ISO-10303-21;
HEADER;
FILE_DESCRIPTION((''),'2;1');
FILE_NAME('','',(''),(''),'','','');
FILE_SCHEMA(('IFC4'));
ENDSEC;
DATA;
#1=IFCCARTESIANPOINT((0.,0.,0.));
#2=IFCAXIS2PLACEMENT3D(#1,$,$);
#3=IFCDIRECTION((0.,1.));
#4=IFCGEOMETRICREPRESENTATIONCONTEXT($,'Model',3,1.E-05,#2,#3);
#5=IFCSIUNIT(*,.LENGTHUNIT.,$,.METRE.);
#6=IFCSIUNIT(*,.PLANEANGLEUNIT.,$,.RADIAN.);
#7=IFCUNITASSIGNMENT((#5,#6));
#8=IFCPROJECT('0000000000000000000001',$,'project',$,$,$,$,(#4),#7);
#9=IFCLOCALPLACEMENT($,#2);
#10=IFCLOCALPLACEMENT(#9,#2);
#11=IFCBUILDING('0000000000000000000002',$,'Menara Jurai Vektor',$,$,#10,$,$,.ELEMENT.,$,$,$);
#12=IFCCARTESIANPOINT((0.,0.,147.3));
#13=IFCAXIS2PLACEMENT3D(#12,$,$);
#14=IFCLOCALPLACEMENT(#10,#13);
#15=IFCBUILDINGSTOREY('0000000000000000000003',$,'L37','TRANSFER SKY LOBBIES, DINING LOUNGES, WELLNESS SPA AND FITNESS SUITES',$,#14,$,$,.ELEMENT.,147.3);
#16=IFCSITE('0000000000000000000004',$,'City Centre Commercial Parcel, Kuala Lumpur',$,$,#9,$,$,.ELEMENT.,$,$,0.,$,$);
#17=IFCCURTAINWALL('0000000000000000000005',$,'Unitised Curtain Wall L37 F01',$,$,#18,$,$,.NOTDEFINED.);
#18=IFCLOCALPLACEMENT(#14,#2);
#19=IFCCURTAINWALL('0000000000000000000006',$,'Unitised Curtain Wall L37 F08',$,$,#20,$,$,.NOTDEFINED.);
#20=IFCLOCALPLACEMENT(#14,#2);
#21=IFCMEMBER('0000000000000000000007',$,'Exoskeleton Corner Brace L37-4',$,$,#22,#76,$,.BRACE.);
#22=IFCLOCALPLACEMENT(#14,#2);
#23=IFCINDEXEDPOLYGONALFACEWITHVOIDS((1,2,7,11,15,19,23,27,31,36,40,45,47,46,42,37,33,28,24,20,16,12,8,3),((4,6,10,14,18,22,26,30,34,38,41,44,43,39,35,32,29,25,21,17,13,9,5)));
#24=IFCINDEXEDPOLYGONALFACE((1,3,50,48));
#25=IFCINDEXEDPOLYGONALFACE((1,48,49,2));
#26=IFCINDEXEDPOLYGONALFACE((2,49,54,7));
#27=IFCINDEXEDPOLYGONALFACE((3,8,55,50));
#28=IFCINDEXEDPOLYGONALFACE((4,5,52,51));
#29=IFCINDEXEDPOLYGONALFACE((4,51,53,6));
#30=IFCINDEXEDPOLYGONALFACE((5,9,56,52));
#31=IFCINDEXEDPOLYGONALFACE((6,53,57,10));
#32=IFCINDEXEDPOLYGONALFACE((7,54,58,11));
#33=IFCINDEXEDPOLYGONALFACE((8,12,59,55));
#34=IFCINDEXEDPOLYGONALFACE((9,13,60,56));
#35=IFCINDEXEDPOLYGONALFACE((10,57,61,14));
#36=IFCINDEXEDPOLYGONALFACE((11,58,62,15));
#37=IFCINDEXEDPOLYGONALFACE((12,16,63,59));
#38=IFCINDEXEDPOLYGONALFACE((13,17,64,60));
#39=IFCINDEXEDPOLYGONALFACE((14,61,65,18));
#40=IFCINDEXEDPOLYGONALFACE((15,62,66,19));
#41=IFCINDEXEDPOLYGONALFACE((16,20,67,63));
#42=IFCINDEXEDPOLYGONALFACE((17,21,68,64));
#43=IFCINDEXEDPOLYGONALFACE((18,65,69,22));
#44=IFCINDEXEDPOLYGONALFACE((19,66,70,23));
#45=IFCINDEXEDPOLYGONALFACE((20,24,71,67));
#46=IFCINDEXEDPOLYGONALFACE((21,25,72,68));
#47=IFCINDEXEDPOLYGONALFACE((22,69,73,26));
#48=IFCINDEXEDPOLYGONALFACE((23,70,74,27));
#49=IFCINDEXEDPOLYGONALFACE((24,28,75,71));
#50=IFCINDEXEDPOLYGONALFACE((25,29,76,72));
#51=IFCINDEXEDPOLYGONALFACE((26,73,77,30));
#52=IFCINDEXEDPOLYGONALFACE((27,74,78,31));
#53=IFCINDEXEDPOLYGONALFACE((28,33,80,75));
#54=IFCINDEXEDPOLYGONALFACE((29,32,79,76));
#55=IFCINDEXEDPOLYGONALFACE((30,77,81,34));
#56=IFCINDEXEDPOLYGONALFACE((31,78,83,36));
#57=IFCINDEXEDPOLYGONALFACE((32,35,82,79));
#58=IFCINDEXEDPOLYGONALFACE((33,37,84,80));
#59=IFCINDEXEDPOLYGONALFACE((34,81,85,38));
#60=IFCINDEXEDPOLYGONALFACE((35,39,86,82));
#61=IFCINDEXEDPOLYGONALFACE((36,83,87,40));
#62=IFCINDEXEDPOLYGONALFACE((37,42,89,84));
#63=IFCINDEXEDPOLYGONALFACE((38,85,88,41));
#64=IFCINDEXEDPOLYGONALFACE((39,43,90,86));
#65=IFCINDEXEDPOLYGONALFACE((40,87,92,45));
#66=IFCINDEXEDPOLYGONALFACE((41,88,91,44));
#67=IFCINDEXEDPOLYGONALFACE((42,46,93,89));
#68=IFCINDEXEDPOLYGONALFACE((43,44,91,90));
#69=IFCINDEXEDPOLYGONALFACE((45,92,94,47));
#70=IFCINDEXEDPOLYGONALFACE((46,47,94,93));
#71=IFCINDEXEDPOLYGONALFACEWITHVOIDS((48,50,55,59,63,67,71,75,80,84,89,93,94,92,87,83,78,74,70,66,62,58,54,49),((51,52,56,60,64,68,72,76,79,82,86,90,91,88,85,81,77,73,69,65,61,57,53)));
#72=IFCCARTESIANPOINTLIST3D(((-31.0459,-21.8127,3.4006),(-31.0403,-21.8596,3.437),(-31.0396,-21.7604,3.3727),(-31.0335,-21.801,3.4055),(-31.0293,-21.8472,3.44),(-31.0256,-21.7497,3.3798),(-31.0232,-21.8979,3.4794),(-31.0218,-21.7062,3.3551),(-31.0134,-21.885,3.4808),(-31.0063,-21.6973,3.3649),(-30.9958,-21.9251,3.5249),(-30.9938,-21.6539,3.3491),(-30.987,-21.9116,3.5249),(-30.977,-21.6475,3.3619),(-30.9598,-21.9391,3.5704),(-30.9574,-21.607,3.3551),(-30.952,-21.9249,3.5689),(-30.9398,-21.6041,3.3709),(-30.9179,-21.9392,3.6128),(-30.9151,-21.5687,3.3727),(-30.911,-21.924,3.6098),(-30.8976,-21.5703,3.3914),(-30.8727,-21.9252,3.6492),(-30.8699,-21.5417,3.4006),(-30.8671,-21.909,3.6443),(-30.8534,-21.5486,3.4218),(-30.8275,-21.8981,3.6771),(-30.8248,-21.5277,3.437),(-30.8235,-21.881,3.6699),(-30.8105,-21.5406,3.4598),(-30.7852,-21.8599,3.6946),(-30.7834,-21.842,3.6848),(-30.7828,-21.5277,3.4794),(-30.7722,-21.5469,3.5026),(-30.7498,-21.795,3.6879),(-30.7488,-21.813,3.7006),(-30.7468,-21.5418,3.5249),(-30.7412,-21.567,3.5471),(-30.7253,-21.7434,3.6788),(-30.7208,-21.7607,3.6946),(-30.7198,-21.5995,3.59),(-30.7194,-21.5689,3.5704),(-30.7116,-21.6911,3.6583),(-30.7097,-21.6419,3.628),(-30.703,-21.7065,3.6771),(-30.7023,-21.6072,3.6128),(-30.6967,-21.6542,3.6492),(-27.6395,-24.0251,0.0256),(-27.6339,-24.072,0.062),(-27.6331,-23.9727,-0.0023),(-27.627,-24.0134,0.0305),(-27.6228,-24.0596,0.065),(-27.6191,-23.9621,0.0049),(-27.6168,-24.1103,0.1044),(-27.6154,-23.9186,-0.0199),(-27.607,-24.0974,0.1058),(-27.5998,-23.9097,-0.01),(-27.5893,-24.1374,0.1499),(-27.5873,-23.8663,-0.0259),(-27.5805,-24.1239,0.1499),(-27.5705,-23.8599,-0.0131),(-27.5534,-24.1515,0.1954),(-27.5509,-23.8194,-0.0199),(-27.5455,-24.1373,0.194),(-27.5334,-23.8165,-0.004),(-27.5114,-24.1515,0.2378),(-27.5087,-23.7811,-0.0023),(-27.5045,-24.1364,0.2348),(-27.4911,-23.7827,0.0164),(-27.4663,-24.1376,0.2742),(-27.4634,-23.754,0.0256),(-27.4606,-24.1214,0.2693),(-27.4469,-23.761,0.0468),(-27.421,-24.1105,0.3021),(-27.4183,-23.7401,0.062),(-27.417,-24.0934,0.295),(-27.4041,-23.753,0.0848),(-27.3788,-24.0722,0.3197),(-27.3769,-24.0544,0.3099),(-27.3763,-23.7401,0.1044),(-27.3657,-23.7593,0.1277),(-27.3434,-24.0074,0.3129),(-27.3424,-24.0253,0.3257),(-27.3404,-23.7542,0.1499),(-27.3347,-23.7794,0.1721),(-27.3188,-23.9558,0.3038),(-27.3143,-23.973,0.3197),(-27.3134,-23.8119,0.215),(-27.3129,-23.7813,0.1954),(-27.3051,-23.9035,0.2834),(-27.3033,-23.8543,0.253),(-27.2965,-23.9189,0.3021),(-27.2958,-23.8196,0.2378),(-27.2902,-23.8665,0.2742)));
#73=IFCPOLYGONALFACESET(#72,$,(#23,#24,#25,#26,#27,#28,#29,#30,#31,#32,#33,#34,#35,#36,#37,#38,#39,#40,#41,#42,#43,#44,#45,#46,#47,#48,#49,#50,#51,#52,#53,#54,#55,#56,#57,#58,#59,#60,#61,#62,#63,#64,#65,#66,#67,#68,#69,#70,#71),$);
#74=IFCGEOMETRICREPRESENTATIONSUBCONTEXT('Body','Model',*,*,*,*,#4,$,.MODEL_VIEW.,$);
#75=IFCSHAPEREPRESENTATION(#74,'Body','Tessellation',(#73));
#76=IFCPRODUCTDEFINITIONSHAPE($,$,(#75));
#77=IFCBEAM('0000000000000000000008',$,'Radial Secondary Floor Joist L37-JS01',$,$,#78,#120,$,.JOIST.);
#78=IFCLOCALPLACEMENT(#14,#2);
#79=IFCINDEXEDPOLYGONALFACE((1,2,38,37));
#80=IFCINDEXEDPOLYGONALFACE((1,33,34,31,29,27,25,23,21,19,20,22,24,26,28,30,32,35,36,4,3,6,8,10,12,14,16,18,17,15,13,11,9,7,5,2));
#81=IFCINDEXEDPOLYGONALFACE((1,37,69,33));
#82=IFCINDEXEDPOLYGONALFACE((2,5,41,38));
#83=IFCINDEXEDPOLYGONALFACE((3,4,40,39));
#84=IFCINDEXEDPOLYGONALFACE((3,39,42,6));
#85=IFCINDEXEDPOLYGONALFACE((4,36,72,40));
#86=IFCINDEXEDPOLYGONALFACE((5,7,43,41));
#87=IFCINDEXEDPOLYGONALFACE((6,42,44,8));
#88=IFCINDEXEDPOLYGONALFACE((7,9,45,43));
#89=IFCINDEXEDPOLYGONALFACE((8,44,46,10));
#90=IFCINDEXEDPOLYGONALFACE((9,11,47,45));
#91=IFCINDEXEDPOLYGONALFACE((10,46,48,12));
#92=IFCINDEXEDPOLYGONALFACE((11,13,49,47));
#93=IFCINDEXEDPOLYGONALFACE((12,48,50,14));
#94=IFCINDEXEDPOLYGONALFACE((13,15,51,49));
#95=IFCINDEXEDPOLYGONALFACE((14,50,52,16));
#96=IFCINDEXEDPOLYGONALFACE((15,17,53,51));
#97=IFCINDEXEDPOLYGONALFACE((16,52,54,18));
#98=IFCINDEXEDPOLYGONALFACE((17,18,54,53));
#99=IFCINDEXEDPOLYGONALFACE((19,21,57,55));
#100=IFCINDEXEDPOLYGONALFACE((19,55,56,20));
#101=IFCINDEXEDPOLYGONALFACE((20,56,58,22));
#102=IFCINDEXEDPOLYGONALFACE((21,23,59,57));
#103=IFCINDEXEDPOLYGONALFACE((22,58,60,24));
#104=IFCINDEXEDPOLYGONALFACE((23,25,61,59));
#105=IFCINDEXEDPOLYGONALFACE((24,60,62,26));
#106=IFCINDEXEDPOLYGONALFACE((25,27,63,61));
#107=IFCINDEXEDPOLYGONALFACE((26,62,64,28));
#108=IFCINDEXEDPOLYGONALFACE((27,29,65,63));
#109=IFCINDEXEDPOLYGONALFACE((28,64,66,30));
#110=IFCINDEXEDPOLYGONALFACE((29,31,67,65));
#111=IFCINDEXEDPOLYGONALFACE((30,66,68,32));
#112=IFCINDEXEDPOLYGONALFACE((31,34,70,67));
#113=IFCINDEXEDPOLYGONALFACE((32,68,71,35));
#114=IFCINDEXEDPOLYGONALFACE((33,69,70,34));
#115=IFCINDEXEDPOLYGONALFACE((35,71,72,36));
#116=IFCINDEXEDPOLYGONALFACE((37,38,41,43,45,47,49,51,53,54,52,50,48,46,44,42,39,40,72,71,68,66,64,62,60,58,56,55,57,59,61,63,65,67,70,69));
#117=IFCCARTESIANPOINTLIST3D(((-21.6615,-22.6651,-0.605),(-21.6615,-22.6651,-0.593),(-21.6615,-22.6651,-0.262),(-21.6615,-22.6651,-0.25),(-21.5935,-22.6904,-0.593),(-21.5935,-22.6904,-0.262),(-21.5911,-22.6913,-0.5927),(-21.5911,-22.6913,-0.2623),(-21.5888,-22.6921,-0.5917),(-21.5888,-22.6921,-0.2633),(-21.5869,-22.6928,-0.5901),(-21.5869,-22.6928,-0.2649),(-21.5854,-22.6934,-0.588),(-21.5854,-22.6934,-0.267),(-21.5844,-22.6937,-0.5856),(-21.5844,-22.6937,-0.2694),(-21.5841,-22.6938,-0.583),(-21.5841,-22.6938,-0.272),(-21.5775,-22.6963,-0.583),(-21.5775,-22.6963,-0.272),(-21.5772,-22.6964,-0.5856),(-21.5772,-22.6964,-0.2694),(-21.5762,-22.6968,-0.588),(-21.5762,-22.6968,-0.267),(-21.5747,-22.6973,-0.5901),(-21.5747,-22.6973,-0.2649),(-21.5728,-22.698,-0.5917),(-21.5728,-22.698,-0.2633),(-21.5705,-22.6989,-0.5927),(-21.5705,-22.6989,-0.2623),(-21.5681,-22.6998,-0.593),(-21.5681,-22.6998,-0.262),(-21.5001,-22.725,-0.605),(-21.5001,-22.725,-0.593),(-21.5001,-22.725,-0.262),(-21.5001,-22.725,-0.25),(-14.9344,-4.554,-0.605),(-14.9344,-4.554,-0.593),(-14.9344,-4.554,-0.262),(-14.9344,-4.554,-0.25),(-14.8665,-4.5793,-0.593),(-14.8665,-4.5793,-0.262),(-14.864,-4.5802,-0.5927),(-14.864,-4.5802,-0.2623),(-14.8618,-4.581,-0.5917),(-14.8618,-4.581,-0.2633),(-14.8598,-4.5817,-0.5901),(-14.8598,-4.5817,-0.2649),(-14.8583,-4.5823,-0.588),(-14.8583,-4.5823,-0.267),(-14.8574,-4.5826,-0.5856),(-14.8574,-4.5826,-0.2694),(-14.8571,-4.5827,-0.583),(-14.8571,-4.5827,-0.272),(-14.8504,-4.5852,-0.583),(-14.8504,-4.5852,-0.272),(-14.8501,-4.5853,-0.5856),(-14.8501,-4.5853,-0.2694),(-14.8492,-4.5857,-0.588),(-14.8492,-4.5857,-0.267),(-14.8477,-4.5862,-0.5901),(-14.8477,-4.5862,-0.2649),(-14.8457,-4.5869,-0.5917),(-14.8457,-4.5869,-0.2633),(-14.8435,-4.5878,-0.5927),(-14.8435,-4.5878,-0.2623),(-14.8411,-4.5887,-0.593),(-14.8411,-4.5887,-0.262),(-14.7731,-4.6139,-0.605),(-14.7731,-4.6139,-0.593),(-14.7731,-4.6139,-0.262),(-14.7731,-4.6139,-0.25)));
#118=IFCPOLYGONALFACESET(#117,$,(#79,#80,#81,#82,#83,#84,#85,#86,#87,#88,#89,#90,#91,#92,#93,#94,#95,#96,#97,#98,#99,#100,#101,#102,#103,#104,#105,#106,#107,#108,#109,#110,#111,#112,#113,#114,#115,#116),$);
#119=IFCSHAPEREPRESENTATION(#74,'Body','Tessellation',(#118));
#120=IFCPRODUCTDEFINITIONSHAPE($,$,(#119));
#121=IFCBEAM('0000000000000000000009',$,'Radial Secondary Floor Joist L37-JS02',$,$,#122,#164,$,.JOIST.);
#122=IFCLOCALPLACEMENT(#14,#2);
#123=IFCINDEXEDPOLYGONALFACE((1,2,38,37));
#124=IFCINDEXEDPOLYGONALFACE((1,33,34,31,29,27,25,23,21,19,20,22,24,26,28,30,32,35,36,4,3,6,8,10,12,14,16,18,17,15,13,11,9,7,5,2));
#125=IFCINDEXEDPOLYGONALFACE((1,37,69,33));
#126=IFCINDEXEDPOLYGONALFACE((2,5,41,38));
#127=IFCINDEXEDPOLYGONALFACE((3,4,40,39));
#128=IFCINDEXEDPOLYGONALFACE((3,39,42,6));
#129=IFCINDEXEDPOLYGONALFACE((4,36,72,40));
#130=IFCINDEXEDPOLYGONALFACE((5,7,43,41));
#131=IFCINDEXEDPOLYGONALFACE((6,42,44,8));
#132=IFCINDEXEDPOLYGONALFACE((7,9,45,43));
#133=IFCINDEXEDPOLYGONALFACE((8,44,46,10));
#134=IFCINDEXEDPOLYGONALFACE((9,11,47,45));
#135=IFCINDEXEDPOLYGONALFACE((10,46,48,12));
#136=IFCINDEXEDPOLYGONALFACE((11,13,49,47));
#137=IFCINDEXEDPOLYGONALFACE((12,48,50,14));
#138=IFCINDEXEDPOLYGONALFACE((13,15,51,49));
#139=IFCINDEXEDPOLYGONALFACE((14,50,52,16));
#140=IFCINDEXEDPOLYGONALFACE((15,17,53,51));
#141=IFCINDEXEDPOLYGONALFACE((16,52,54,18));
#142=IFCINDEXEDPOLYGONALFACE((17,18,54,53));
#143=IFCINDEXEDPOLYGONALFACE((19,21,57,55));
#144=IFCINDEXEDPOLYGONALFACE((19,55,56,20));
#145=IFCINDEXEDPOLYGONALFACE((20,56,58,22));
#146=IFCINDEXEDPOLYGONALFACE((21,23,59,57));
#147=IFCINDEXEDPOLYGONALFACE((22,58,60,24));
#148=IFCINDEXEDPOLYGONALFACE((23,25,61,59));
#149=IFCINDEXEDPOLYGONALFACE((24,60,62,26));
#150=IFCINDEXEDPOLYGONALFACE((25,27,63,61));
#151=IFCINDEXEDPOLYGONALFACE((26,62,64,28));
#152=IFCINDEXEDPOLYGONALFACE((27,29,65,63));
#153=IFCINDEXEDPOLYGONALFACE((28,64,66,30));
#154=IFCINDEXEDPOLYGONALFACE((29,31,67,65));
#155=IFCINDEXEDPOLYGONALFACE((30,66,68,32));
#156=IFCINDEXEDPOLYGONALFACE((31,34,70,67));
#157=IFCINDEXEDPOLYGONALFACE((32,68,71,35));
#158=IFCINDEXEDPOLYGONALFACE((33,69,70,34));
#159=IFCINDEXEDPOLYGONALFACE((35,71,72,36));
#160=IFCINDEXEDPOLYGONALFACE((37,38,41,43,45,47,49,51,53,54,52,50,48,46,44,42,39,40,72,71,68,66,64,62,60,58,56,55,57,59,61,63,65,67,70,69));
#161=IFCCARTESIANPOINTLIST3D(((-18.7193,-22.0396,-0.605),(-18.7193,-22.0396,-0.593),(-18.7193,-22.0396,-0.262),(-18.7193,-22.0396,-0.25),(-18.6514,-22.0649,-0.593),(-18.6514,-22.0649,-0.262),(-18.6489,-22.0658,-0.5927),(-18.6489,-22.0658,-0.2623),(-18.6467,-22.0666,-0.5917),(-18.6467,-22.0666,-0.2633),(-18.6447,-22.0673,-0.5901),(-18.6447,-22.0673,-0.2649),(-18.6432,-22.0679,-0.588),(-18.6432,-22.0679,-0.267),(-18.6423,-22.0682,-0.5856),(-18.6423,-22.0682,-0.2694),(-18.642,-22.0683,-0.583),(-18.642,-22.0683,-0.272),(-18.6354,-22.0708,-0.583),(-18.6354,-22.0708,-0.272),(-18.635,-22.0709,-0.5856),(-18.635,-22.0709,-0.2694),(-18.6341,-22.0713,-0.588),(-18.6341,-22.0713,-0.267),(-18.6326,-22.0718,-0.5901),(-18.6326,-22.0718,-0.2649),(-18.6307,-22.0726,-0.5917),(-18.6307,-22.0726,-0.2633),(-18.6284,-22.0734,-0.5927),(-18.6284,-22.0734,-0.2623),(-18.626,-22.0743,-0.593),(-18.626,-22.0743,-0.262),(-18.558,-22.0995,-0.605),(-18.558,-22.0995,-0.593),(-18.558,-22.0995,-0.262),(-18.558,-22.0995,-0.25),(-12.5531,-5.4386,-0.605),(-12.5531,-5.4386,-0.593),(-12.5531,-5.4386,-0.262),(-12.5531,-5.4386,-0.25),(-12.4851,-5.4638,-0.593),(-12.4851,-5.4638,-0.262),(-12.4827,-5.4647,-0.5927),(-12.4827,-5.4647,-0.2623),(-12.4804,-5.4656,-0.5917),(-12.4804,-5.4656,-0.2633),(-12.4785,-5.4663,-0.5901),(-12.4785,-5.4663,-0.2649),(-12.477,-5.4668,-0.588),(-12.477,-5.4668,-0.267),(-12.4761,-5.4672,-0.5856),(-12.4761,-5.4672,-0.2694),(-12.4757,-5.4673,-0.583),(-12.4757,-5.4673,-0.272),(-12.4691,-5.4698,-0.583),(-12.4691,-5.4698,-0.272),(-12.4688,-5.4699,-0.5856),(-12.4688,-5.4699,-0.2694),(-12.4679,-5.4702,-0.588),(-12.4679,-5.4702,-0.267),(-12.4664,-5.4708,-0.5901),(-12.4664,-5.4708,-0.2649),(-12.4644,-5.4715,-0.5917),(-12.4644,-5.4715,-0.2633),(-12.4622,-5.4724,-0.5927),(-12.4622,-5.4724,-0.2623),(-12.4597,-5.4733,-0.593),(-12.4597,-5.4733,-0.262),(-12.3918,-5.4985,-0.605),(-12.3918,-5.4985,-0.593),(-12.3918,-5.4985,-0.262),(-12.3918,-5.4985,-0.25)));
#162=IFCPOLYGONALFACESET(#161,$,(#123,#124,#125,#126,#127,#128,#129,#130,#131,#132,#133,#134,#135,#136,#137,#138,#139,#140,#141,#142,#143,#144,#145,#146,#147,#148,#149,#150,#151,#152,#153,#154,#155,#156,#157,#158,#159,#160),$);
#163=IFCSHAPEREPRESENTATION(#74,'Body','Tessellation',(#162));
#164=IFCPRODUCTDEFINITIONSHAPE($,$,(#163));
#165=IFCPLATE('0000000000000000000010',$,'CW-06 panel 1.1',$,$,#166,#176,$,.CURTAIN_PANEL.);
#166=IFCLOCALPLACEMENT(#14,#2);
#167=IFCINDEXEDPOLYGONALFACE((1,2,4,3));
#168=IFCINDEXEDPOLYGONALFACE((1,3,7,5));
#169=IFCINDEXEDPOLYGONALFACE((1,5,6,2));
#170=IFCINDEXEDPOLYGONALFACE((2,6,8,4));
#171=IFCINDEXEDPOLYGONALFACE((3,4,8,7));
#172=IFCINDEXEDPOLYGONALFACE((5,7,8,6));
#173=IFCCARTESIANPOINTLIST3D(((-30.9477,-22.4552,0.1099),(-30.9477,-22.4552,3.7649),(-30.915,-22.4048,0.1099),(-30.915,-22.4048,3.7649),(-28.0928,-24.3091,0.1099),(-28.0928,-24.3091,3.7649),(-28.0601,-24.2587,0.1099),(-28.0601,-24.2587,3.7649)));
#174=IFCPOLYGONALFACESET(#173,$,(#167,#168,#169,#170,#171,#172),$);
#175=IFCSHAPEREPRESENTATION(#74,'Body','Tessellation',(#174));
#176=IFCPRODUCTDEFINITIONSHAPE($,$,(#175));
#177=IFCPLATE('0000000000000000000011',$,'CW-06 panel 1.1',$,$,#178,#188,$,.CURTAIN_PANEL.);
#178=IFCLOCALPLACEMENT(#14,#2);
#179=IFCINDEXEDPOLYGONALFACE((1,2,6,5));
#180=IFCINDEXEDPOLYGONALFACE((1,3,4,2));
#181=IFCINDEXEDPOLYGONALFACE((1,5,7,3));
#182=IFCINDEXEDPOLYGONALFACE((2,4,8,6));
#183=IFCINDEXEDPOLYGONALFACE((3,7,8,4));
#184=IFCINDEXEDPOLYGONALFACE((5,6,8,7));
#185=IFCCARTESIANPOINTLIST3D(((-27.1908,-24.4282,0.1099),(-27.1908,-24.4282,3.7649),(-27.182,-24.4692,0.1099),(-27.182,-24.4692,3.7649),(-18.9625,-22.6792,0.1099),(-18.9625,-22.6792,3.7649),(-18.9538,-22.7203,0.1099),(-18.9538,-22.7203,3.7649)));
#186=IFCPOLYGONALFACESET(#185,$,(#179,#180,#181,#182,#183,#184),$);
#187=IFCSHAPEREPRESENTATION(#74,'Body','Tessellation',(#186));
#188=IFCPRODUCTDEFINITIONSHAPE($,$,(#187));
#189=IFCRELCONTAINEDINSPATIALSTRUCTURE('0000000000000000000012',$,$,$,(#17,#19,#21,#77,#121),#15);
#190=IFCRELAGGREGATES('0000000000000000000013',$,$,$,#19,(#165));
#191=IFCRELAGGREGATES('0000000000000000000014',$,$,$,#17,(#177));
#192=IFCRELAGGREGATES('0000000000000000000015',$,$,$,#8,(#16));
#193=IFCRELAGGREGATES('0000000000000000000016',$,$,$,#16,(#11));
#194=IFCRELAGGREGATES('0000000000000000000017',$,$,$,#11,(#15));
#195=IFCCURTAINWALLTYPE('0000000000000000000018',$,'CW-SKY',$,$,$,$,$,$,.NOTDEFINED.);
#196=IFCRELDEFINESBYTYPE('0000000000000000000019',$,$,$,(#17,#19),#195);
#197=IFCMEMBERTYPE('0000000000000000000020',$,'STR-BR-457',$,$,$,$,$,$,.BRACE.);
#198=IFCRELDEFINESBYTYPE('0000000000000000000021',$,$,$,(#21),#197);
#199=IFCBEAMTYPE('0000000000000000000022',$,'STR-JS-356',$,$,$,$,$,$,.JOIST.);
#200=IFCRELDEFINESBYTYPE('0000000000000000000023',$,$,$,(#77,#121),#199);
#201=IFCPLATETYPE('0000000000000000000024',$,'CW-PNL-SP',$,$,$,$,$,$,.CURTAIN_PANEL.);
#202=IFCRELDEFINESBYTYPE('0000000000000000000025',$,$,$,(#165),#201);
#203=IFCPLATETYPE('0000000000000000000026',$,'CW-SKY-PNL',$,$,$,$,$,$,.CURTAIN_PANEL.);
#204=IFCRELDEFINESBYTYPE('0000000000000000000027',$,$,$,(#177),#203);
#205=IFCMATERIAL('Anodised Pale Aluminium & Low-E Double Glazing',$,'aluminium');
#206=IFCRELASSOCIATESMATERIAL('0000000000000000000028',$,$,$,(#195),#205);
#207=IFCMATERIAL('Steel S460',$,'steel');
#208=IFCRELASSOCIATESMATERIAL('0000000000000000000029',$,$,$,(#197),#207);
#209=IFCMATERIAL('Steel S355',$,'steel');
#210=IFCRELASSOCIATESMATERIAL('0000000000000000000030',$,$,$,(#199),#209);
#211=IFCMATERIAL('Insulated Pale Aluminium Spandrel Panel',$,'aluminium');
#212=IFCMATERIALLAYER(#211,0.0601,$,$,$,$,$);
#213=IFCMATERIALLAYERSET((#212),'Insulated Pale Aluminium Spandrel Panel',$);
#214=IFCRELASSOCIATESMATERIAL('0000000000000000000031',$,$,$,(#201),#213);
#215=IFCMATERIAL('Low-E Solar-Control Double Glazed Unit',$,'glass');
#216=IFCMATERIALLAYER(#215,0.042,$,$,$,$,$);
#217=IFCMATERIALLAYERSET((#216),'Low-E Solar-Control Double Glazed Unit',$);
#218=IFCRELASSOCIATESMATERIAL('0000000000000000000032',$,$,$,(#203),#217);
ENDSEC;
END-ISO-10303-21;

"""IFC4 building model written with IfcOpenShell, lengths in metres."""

from ifc_helpers import new_model, si_unit, direction, frame, origin, origin_2d, place, context, subcontext, project, spatial, rectangle, hollow_circle, i_section, extrude, material, layer, layer_set, material_profile, profile_set, type_object, element, aggregate, save


model = new_model("IFC4")

# Units and contexts
model_context = context("Model", 3, precision=1e-05, world=origin(), true_north=direction((0.0, 1.0)))
body_context = subcontext(model_context, "Body", "Model", "MODEL_VIEW")
ifc_project = project(units=[si_unit("LENGTHUNIT", "METRE"), si_unit("PLANEANGLEUNIT", "RADIAN")], contexts=[model_context])

# Site, building, storey
site_placement = place(None, origin())
site = spatial("IfcSite", under=ifc_project, at=site_placement, Name="City Centre Commercial Parcel, Kuala Lumpur", CompositionType="ELEMENT", RefElevation=0.0)
building_placement = place(site_placement, origin())
building = spatial("IfcBuilding", under=site, at=building_placement, Name="Menara Jurai Vektor", CompositionType="ELEMENT")
storey_placement = place(building_placement, frame((0.0, 0.0, 147.3)))
storey = spatial("IfcBuildingStorey", under=building, at=storey_placement, Name="L37", Description="TRANSFER SKY LOBBIES, DINING LOUNGES, WELLNESS SPA AND FITNESS SUITES", CompositionType="ELEMENT", Elevation=147.3)

# Shared definitions
ifc_material_1 = material(Name="Steel S460", Category="steel")

# Curtain wall
ifc_material_2 = material(Name="Anodised Pale Aluminium & Low-E Double Glazing", Category="aluminium")
curtain_wall_type = type_object("IfcCurtainWallType", Name="CW-SKY", PredefinedType="NOTDEFINED", material=ifc_material_2)
curtain_wall_1_placement = place(storey_placement, origin())
curtain_wall_1 = element("IfcCurtainWall", 1, at=curtain_wall_1_placement, inside=storey, type_object=curtain_wall_type, Name="Unitised Curtain Wall L37 F01", PredefinedType="NOTDEFINED")

# Curtain wall
curtain_wall_2_placement = place(storey_placement, origin())
curtain_wall_2 = element("IfcCurtainWall", 2, at=curtain_wall_2_placement, inside=storey, type_object=curtain_wall_type, Name="Unitised Curtain Wall L37 F08", PredefinedType="NOTDEFINED")

# Shared definitions
ifc_material_3 = material(Name="Steel S355", Category="steel")

# Member
ifc_material_profile_1 = material_profile(ifc_material_1, hollow_circle(Radius=0.2285, WallThickness=0.0161, at=origin_2d()), Name="CHS 457x16")
ifc_profile_set_1 = profile_set([ifc_material_profile_1], Name="Steel S460")
member_type_1 = type_object("IfcMemberType", Name="STR-BR-457", PredefinedType="BRACE", material=ifc_profile_set_1)
member_1_placement = place(storey_placement, frame((-27.4648, -23.9458, 0.1499), z_axis=(-0.64504, 0.418932, 0.639077), x_axis=(-0.544674, -0.838648, 0.0)))
element("IfcMember", 3, at=member_1_placement, inside=storey, type_object=member_type_1, Name="Exoskeleton Corner Brace L37-4", PredefinedType="BRACE", context=body_context, shape_type="SweptSolid", body=[
    extrude(hollow_circle(Radius=0.2285, WallThickness=0.0161, at=origin_2d()), origin(), (0.0, 0.0, 1.0), 5.281),
])

# Beams
ifc_material_profile_2 = material_profile(ifc_material_3, i_section(OverallWidth=0.1721, OverallDepth=0.355, WebThickness=0.0071, FlangeThickness=0.012, FilletRadius=0.01, at=origin_2d()), Name="UKB 356x171x51")
ifc_profile_set_2 = profile_set([ifc_material_profile_2], Name="Steel S355")
beam_type_1 = type_object("IfcBeamType", Name="STR-JS-356", PredefinedType="JOIST", material=ifc_profile_set_2)
beam_1_placement = place(storey_placement, frame((-21.5808, -22.6951, -0.4275), z_axis=(0.34819, 0.937424, 0.0), x_axis=(-0.937424, 0.34819, 0.0)))
element("IfcBeam", 4, at=beam_1_placement, inside=storey, type_object=beam_type_1, Name="Radial Secondary Floor Joist L37-JS01", PredefinedType="JOIST", context=body_context, shape_type="SweptSolid", body=[
    extrude(i_section(OverallWidth=0.1721, OverallDepth=0.355, WebThickness=0.0071, FlangeThickness=0.012, FilletRadius=0.01, at=origin_2d()), origin(), (0.0, 0.0, 1.0), 19.3201),
])
beam_2_placement = place(storey_placement, frame((-18.6387, -22.0696, -0.4275), z_axis=(0.348194, 0.937423, 0.0), x_axis=(-0.937423, 0.348194, 0.0)))
element("IfcBeam", 5, at=beam_2_placement, inside=storey, type_object=beam_type_1, Name="Radial Secondary Floor Joist L37-JS02", PredefinedType="JOIST", context=body_context, shape_type="SweptSolid", body=[
    extrude(i_section(OverallWidth=0.1721, OverallDepth=0.355, WebThickness=0.0071, FlangeThickness=0.012, FilletRadius=0.01, at=origin_2d()), origin(), (0.0, 0.0, 1.0), 17.7092),
])

# Plates
ifc_material_4 = material(Name="Insulated Pale Aluminium Spandrel Panel", Category="aluminium")
ifc_layer_1 = layer(ifc_material_4, 0.0601)
ifc_layer_set_1 = layer_set([ifc_layer_1], Name="Insulated Pale Aluminium Spandrel Panel")
plate_type_1 = type_object("IfcPlateType", Name="CW-PNL-SP", PredefinedType="CURTAIN_PANEL", material=ifc_layer_set_1)
plate_1_placement = place(storey_placement, frame((-29.5039, -23.3569, 0.1099), z_axis=(0.0, 0.0, 1.0), x_axis=(0.838684, -0.544618, 0.0)))
plate_1 = element("IfcPlate", 6, at=plate_1_placement, type_object=plate_type_1, Name="CW-06 panel 1.1", PredefinedType="CURTAIN_PANEL", context=body_context, shape_type="SweptSolid", body=[
    extrude(rectangle(XDim=3.4041, YDim=0.0601, at=origin_2d()), origin(), (0.0, 0.0, 1.0), 3.655),
])
aggregate(curtain_wall_2, [plate_1])
ifc_material_5 = material(Name="Low-E Solar-Control Double Glazed Unit", Category="glass")
ifc_layer_2 = layer(ifc_material_5, 0.042)
ifc_layer_set_2 = layer_set([ifc_layer_2], Name="Low-E Solar-Control Double Glazed Unit")
plate_type_2 = type_object("IfcPlateType", Name="CW-SKY-PNL", PredefinedType="CURTAIN_PANEL", material=ifc_layer_set_2)
plate_2_placement = place(storey_placement, frame((-23.0723, -23.5742, 0.1099), z_axis=(0.0, 0.0, 1.0), x_axis=(0.978148, 0.207911, 0.0)))
plate_2 = element("IfcPlate", 7, at=plate_2_placement, type_object=plate_type_2, Name="CW-06 panel 1.1", PredefinedType="CURTAIN_PANEL", context=body_context, shape_type="SweptSolid", body=[
    extrude(rectangle(XDim=8.4121, YDim=0.042, at=origin_2d()), origin(), (0.0, 0.0, 1.0), 3.655),
])
aggregate(curtain_wall_1, [plate_2])

save(model, "model.ifc")
